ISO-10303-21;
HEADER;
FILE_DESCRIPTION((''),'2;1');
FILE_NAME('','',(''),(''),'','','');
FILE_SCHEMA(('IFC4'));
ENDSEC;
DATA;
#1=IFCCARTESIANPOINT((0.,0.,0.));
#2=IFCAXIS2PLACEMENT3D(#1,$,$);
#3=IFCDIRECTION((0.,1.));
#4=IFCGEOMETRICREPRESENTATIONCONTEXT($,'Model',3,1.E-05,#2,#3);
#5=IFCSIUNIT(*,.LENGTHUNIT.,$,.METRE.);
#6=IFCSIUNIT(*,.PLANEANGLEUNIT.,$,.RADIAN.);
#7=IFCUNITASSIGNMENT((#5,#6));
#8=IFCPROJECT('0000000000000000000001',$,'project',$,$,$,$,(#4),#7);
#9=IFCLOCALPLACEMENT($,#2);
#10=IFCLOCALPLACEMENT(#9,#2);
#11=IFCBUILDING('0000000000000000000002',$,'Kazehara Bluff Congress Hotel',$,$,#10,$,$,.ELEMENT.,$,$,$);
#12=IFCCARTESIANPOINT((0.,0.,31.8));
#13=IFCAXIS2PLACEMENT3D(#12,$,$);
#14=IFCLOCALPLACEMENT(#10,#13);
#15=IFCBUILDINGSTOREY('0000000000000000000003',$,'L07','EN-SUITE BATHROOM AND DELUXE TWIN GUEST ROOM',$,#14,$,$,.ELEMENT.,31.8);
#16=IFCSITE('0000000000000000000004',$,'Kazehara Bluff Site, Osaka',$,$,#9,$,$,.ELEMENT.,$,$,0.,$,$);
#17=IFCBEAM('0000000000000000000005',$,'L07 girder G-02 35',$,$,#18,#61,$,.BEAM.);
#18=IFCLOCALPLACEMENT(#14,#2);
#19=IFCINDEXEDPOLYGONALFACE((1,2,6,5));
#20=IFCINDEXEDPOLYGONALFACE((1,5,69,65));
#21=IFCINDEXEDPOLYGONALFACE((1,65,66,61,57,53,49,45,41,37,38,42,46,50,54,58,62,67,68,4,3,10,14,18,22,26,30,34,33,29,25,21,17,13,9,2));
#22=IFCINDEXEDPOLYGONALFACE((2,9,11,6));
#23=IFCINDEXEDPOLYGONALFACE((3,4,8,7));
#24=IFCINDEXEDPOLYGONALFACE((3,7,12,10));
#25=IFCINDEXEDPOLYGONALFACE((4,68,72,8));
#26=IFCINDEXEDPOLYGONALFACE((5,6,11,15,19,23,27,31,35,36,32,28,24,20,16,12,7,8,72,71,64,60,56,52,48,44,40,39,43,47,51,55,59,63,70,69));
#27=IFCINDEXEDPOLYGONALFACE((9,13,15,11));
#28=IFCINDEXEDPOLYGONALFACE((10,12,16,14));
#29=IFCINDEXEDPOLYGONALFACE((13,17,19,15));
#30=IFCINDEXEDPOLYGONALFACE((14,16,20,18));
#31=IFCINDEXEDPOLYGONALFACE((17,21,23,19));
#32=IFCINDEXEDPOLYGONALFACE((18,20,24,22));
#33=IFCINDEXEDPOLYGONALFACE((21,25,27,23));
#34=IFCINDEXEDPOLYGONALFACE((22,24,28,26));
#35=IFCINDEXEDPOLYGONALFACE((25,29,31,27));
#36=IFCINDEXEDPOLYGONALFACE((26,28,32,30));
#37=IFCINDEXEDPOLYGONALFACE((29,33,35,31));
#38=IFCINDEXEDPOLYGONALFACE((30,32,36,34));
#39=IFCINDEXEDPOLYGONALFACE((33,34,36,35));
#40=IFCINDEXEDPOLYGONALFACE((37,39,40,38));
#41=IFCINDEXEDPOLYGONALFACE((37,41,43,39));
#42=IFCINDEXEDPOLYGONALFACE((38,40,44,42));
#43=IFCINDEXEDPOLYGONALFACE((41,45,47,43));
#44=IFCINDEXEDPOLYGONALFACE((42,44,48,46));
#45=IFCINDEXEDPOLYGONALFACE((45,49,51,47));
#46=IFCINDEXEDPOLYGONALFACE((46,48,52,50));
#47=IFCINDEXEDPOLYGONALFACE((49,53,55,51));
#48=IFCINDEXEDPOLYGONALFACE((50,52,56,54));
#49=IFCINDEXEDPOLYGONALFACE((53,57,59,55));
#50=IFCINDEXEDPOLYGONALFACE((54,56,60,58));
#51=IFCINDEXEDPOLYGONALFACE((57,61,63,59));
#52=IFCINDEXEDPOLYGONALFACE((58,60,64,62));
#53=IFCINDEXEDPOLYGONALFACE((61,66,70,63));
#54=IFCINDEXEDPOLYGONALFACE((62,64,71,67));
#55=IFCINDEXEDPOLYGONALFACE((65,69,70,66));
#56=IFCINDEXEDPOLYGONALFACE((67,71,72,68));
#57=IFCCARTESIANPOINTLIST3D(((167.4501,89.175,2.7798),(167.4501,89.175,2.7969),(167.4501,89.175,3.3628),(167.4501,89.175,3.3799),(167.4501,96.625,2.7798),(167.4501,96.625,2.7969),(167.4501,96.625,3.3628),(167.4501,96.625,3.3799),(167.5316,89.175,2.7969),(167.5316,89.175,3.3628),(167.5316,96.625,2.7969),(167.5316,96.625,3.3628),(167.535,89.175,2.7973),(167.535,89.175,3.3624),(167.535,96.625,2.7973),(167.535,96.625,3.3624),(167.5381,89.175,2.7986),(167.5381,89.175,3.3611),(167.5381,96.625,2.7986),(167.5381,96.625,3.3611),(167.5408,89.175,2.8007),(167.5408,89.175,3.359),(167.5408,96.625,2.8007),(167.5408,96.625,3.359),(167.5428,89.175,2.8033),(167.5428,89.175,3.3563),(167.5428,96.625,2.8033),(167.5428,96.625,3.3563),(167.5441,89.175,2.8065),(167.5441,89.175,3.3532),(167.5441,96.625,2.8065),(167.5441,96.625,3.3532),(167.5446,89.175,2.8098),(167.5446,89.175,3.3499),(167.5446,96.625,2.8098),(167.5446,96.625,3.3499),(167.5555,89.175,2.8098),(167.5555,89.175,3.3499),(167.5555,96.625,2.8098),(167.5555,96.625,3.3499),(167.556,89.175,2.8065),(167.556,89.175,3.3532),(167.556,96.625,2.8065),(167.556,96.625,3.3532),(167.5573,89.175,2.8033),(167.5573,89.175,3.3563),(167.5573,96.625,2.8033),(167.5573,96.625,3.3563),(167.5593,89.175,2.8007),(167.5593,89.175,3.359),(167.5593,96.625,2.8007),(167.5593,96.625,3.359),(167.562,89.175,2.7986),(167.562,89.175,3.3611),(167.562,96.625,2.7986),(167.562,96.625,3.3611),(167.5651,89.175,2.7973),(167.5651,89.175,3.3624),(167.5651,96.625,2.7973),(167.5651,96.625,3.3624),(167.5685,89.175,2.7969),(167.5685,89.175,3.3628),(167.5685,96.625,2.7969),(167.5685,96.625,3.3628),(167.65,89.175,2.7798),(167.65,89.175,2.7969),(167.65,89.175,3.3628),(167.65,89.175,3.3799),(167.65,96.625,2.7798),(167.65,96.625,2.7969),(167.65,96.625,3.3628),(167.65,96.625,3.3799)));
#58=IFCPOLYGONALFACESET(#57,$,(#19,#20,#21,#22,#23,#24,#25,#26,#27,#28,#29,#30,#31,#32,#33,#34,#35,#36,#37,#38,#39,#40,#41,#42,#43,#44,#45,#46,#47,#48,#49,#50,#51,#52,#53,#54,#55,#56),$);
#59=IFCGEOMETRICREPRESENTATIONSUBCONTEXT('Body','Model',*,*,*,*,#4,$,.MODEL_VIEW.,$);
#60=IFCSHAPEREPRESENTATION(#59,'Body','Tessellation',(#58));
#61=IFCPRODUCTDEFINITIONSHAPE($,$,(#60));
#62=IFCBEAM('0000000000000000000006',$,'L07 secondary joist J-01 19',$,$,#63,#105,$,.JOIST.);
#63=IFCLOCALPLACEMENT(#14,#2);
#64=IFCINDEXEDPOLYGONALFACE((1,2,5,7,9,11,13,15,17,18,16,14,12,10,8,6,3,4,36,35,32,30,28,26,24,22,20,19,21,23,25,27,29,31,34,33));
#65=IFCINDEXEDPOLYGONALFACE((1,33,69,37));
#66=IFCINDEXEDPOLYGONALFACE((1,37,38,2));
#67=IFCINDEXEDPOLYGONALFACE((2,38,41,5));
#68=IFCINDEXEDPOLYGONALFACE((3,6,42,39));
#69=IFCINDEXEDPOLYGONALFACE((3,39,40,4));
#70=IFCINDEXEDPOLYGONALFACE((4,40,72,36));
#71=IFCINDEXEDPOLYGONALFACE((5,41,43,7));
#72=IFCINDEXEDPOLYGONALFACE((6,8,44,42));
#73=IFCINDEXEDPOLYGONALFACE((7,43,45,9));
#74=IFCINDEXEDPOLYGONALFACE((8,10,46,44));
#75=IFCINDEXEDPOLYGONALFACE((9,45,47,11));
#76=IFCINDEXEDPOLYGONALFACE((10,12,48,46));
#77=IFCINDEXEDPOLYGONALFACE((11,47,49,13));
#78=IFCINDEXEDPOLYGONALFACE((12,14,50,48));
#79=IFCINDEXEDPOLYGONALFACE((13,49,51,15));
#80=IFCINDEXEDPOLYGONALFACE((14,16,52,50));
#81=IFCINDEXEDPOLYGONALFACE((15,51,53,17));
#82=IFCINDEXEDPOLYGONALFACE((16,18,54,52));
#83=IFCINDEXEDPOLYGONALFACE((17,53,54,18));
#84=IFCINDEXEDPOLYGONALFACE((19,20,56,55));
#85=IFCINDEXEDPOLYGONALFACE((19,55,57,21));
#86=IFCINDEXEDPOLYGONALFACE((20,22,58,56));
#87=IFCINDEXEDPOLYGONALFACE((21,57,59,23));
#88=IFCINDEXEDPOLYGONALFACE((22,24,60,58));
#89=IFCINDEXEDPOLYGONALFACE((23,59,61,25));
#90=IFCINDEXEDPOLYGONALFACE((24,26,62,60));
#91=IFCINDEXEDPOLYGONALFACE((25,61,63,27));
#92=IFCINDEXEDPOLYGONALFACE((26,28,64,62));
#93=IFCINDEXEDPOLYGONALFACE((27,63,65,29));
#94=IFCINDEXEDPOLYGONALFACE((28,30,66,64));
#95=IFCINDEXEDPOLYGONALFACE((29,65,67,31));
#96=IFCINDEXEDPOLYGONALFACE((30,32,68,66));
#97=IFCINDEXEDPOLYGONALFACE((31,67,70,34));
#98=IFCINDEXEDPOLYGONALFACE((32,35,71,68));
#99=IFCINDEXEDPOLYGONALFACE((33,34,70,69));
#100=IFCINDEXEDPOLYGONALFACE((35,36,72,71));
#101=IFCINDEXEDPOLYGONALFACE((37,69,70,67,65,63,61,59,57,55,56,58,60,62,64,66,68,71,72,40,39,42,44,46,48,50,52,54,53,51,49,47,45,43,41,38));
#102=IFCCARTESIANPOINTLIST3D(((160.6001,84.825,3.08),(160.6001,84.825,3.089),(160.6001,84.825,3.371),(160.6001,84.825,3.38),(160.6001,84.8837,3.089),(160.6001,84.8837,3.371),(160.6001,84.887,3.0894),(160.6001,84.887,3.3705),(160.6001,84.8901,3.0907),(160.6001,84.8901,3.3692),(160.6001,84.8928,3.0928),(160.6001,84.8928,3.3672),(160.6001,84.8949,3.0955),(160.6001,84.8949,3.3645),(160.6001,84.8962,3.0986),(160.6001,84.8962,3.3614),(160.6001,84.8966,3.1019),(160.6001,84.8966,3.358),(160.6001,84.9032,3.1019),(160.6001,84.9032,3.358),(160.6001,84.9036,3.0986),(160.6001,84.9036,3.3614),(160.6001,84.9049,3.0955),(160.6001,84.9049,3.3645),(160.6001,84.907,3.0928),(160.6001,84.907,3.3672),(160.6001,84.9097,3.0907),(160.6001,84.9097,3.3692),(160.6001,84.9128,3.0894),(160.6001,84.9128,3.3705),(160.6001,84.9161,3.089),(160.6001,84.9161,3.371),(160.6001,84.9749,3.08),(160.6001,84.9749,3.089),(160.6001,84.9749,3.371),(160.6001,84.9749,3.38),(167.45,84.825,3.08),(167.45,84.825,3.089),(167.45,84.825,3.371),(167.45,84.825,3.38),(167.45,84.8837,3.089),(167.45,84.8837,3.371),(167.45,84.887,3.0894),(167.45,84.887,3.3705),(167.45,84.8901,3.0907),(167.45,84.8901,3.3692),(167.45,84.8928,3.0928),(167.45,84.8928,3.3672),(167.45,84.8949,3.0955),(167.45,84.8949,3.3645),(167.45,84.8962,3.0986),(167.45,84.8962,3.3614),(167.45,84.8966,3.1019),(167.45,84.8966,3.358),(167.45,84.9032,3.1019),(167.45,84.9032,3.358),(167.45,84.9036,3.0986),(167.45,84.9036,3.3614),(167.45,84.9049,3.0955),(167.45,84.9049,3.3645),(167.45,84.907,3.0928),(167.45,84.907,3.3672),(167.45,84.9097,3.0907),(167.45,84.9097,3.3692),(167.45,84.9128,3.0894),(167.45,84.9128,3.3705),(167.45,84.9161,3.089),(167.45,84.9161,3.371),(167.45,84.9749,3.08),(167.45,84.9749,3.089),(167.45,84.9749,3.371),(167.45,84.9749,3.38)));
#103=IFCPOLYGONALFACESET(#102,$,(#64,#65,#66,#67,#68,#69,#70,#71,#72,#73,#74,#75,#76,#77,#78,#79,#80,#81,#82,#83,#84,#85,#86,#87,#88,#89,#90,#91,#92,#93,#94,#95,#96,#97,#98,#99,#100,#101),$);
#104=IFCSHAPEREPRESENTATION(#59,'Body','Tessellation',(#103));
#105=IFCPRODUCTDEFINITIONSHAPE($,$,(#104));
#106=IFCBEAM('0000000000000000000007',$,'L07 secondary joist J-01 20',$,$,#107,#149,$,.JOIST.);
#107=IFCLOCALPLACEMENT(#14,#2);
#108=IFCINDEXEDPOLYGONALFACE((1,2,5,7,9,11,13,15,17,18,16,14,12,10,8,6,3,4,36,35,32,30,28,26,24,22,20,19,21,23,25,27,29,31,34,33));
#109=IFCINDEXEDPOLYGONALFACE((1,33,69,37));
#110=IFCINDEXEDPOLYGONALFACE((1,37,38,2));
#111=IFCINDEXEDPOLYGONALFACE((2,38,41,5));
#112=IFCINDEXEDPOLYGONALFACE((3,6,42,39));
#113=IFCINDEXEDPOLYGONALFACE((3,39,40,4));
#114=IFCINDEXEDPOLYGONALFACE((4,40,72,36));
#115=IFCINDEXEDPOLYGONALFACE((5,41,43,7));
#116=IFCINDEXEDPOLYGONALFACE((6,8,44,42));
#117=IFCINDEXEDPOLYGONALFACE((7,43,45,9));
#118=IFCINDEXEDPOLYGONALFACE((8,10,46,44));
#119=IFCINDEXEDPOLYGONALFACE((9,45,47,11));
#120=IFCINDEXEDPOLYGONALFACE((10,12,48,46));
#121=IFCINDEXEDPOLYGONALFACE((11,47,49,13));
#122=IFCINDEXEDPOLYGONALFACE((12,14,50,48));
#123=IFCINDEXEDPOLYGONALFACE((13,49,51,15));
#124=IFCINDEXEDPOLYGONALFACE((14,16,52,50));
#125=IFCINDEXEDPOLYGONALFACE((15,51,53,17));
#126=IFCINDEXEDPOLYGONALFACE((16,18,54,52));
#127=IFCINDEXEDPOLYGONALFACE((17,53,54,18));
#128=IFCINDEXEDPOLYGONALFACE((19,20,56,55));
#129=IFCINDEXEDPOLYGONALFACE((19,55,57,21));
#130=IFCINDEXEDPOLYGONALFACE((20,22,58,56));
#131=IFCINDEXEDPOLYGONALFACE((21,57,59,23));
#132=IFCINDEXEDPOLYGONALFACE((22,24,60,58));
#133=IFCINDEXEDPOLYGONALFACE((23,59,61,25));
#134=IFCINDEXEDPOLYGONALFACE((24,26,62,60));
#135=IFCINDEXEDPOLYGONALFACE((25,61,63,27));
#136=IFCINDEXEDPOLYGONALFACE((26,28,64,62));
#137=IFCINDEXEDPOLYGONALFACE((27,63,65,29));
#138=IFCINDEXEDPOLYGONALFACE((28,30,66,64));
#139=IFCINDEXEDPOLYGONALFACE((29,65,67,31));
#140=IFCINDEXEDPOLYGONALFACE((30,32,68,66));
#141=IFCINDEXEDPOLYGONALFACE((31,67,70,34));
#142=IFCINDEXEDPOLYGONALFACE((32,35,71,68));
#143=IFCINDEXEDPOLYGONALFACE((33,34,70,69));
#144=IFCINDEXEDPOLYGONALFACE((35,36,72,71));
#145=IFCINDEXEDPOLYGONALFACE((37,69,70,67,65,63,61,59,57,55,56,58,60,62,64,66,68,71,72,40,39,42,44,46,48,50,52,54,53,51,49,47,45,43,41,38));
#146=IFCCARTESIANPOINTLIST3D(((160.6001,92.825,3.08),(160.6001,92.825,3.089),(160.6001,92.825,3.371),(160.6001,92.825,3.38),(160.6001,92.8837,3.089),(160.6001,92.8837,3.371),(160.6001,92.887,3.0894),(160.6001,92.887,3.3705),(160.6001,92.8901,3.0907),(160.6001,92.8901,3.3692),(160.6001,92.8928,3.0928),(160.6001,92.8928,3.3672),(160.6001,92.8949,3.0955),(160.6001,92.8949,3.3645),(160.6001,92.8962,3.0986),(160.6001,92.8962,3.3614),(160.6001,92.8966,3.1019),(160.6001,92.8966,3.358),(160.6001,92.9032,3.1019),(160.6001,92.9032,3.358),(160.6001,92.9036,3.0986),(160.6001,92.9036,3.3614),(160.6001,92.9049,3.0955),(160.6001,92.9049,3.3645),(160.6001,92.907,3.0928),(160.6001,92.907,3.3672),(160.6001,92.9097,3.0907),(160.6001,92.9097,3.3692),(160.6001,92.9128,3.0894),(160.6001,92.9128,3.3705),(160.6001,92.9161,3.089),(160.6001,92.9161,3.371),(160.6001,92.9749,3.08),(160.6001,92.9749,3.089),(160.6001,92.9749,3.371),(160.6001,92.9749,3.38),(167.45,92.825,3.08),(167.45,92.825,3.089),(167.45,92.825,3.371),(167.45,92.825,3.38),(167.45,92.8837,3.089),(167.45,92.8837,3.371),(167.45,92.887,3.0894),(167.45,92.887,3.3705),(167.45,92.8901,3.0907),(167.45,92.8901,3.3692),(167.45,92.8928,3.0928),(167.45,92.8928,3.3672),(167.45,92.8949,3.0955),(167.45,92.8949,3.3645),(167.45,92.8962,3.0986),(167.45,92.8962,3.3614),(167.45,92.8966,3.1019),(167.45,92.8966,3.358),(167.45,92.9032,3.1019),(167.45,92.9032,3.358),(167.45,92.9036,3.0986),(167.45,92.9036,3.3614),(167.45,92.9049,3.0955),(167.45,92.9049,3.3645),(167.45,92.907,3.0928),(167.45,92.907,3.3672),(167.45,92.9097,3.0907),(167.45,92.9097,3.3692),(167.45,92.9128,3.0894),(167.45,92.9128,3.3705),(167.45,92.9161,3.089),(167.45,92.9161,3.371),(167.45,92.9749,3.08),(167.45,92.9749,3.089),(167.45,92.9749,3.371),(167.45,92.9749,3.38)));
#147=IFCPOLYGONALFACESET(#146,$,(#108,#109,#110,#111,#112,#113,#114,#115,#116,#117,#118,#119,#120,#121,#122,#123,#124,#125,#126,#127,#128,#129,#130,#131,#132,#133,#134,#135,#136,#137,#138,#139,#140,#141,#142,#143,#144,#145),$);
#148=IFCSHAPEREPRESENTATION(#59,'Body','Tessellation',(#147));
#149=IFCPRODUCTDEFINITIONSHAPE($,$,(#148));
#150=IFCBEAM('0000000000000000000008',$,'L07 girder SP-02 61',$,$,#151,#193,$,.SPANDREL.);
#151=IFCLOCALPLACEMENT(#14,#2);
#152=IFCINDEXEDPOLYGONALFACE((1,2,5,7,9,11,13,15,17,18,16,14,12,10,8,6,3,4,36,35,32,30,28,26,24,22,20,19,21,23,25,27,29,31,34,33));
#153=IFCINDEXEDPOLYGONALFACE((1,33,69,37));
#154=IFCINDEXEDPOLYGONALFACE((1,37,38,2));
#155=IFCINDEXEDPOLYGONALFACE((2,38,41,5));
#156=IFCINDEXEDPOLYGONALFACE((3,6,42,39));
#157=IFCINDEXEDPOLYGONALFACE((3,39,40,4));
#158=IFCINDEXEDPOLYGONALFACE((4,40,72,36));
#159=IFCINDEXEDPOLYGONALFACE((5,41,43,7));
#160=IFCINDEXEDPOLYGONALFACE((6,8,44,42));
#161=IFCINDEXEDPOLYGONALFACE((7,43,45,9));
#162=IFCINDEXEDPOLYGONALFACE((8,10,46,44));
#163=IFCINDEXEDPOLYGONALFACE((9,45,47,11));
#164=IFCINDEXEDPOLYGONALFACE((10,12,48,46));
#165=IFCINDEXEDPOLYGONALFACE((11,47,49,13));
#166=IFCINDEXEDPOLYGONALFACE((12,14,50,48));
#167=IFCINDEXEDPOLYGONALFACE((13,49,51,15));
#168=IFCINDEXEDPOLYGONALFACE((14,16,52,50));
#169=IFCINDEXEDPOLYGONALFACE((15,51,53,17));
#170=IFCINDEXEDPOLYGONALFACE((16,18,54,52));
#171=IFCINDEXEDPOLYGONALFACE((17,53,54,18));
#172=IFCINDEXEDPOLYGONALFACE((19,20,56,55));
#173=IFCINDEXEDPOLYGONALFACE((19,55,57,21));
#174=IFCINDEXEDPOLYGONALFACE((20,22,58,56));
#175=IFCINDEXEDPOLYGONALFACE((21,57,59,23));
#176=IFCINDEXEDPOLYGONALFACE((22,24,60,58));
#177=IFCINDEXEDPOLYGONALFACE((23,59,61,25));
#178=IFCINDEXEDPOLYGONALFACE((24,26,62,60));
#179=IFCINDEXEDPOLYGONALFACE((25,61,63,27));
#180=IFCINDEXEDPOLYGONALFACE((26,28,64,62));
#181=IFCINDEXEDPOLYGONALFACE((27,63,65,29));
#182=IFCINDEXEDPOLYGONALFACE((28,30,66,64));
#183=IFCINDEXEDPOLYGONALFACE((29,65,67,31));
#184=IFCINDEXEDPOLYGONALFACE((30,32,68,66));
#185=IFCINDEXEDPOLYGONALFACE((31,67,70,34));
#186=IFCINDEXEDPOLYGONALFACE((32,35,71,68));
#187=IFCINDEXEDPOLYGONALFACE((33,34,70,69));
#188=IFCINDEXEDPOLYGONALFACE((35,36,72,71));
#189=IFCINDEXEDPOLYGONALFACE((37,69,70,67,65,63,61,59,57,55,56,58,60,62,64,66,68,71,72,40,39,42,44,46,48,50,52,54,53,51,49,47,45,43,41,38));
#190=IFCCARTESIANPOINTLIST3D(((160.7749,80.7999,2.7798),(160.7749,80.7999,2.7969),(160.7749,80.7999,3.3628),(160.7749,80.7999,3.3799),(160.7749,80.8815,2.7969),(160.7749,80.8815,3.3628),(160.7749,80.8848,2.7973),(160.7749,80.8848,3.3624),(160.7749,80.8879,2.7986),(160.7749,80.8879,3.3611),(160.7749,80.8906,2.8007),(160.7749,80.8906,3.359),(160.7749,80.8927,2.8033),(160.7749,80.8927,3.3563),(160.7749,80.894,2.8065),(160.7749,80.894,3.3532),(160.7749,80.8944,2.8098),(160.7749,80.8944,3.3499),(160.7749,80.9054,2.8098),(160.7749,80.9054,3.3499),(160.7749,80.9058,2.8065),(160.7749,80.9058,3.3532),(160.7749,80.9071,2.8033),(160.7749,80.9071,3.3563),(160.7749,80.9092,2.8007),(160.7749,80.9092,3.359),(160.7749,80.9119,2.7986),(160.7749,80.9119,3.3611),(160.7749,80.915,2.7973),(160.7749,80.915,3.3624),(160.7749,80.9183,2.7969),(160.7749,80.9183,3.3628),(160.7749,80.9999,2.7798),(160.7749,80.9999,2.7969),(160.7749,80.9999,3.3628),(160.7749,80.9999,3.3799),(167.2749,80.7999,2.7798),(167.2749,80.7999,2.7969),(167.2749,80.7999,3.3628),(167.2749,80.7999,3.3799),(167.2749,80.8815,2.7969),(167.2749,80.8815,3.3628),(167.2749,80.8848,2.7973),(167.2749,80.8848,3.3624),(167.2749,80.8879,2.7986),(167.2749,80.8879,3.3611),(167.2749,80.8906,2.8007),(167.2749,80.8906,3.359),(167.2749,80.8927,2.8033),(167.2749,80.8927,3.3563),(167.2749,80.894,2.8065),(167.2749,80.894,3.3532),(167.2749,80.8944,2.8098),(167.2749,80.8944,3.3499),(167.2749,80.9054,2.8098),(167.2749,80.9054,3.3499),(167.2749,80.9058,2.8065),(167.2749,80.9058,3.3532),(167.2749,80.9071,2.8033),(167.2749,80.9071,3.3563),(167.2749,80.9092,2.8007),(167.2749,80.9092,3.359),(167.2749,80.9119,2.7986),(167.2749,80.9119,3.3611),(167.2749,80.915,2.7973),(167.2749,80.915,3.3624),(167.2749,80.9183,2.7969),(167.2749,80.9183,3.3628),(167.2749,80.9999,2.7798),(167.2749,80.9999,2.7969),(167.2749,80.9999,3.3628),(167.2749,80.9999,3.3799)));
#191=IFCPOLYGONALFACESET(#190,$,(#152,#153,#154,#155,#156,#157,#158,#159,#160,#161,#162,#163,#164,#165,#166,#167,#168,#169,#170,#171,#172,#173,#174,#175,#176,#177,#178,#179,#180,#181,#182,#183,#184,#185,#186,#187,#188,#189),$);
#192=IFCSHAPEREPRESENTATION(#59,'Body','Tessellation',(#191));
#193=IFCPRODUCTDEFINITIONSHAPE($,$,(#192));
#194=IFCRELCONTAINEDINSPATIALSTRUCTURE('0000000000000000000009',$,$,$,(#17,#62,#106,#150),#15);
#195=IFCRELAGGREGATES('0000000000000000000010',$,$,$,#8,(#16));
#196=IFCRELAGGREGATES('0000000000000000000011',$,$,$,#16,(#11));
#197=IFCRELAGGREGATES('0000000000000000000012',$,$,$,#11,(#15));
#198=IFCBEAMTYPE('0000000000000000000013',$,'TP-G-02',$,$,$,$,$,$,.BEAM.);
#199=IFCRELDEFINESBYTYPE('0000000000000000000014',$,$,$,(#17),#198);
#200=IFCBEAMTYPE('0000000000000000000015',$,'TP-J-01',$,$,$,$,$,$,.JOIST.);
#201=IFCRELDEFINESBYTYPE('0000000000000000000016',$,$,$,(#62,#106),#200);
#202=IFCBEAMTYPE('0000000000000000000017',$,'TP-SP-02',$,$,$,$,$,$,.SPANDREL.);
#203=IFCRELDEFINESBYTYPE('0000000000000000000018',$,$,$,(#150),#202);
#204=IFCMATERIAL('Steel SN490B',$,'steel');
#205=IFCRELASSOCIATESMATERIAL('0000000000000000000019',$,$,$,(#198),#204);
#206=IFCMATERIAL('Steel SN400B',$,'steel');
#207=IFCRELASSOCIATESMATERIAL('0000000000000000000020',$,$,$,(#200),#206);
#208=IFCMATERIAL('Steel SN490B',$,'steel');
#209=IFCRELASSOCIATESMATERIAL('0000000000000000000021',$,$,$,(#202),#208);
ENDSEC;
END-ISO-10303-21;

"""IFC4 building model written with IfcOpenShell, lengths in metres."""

from ifc_helpers import new_model, si_unit, direction, frame, origin, origin_2d, place, context, subcontext, project, spatial, i_section, extrude, material, material_profile, profile_set, type_object, element, save


model = new_model("IFC4")

# Units and contexts
model_context = context("Model", 3, precision=1e-05, world=origin(), true_north=direction((0.0, 1.0)))
body_context = subcontext(model_context, "Body", "Model", "MODEL_VIEW")
ifc_project = project(units=[si_unit("LENGTHUNIT", "METRE"), si_unit("PLANEANGLEUNIT", "RADIAN")], contexts=[model_context])

# Site, building, storey
site_placement = place(None, origin())
site = spatial("IfcSite", under=ifc_project, at=site_placement, Name="Kazehara Bluff Site, Osaka", CompositionType="ELEMENT", RefElevation=0.0)
building_placement = place(site_placement, origin())
building = spatial("IfcBuilding", under=site, at=building_placement, Name="Kazehara Bluff Congress Hotel", CompositionType="ELEMENT")
storey_placement = place(building_placement, frame((0.0, 0.0, 31.8)))
storey = spatial("IfcBuildingStorey", under=building, at=storey_placement, Name="L07", Description="EN-SUITE BATHROOM AND DELUXE TWIN GUEST ROOM", CompositionType="ELEMENT", Elevation=31.8)

# Beams
ifc_material_1 = material(Name="Steel SN490B", Category="steel")
ifc_material_profile_1 = material_profile(ifc_material_1, i_section(OverallWidth=0.2, OverallDepth=0.6001, WebThickness=0.011, FlangeThickness=0.0171, FilletRadius=0.0129, at=origin_2d()))
ifc_profile_set_1 = profile_set([ifc_material_profile_1], Name="Steel SN490B")
beam_type_1 = type_object("IfcBeamType", Name="TP-G-02", PredefinedType="BEAM", material=ifc_profile_set_1)
for number, where, z_axis, x_axis, name in (
    (1, (167.55, 89.175, 3.0798), (0.0, 1.0, 0.0), (-1.0, 0.0, 0.0), "L07 girder G-02 35"),
):
    element("IfcBeam", number, at=place(storey_placement, frame(where, z_axis=z_axis, x_axis=x_axis)), inside=storey, type_object=beam_type_1, Name=name, PredefinedType="BEAM", context=body_context, shape_type="SweptSolid", body=[
        extrude(i_section(OverallWidth=0.2, OverallDepth=0.6001, WebThickness=0.011, FlangeThickness=0.0171, FilletRadius=0.0129, at=origin_2d()), origin(), (0.0, 0.0, 1.0), 7.45),
    ])
ifc_material_2 = material(Name="Steel SN400B", Category="steel")
ifc_material_profile_2 = material_profile(ifc_material_2, i_section(OverallWidth=0.1499, OverallDepth=0.3, WebThickness=0.0066, FlangeThickness=0.009, FilletRadius=0.0129, at=origin_2d()))
ifc_profile_set_2 = profile_set([ifc_material_profile_2], Name="Steel SN400B")
beam_type_2 = type_object("IfcBeamType", Name="TP-J-01", PredefinedType="JOIST", material=ifc_profile_set_2)
for number, where, z_axis, x_axis, name in (
    (2, (160.6001, 84.8999, 3.23), (1.0, 0.0, 0.0), (0.0, 1.0, 0.0), "L07 secondary joist J-01 19"),
    (3, (160.6001, 92.8999, 3.23), (1.0, 0.0, 0.0), (0.0, 1.0, 0.0), "L07 secondary joist J-01 20"),
):
    element("IfcBeam", number, at=place(storey_placement, frame(where, z_axis=z_axis, x_axis=x_axis)), inside=storey, type_object=beam_type_2, Name=name, PredefinedType="JOIST", context=body_context, shape_type="SweptSolid", body=[
        extrude(i_section(OverallWidth=0.1499, OverallDepth=0.3, WebThickness=0.0066, FlangeThickness=0.009, FilletRadius=0.0129, at=origin_2d()), origin(), (0.0, 0.0, 1.0), 6.8499),
    ])
ifc_material_3 = material(Name="Steel SN490B", Category="steel")
ifc_material_profile_3 = material_profile(ifc_material_3, i_section(OverallWidth=0.2, OverallDepth=0.6001, WebThickness=0.011, FlangeThickness=0.0171, FilletRadius=0.0129, at=origin_2d()))
ifc_profile_set_3 = profile_set([ifc_material_profile_3], Name="Steel SN490B")
beam_type_3 = type_object("IfcBeamType", Name="TP-SP-02", PredefinedType="SPANDREL", material=ifc_profile_set_3)
beam_1_placement = place(storey_placement, frame((160.7749, 80.8999, 3.0798), z_axis=(1.0, 0.0, 0.0), x_axis=(0.0, 1.0, 0.0)))
element("IfcBeam", 4, at=beam_1_placement, inside=storey, type_object=beam_type_3, Name="L07 girder SP-02 61", PredefinedType="SPANDREL", context=body_context, shape_type="SweptSolid", body=[
    extrude(i_section(OverallWidth=0.2, OverallDepth=0.6001, WebThickness=0.011, FlangeThickness=0.0171, FilletRadius=0.0129, at=origin_2d()), origin(), (0.0, 0.0, 1.0), 6.5),
])

save(model, "model.ifc")
